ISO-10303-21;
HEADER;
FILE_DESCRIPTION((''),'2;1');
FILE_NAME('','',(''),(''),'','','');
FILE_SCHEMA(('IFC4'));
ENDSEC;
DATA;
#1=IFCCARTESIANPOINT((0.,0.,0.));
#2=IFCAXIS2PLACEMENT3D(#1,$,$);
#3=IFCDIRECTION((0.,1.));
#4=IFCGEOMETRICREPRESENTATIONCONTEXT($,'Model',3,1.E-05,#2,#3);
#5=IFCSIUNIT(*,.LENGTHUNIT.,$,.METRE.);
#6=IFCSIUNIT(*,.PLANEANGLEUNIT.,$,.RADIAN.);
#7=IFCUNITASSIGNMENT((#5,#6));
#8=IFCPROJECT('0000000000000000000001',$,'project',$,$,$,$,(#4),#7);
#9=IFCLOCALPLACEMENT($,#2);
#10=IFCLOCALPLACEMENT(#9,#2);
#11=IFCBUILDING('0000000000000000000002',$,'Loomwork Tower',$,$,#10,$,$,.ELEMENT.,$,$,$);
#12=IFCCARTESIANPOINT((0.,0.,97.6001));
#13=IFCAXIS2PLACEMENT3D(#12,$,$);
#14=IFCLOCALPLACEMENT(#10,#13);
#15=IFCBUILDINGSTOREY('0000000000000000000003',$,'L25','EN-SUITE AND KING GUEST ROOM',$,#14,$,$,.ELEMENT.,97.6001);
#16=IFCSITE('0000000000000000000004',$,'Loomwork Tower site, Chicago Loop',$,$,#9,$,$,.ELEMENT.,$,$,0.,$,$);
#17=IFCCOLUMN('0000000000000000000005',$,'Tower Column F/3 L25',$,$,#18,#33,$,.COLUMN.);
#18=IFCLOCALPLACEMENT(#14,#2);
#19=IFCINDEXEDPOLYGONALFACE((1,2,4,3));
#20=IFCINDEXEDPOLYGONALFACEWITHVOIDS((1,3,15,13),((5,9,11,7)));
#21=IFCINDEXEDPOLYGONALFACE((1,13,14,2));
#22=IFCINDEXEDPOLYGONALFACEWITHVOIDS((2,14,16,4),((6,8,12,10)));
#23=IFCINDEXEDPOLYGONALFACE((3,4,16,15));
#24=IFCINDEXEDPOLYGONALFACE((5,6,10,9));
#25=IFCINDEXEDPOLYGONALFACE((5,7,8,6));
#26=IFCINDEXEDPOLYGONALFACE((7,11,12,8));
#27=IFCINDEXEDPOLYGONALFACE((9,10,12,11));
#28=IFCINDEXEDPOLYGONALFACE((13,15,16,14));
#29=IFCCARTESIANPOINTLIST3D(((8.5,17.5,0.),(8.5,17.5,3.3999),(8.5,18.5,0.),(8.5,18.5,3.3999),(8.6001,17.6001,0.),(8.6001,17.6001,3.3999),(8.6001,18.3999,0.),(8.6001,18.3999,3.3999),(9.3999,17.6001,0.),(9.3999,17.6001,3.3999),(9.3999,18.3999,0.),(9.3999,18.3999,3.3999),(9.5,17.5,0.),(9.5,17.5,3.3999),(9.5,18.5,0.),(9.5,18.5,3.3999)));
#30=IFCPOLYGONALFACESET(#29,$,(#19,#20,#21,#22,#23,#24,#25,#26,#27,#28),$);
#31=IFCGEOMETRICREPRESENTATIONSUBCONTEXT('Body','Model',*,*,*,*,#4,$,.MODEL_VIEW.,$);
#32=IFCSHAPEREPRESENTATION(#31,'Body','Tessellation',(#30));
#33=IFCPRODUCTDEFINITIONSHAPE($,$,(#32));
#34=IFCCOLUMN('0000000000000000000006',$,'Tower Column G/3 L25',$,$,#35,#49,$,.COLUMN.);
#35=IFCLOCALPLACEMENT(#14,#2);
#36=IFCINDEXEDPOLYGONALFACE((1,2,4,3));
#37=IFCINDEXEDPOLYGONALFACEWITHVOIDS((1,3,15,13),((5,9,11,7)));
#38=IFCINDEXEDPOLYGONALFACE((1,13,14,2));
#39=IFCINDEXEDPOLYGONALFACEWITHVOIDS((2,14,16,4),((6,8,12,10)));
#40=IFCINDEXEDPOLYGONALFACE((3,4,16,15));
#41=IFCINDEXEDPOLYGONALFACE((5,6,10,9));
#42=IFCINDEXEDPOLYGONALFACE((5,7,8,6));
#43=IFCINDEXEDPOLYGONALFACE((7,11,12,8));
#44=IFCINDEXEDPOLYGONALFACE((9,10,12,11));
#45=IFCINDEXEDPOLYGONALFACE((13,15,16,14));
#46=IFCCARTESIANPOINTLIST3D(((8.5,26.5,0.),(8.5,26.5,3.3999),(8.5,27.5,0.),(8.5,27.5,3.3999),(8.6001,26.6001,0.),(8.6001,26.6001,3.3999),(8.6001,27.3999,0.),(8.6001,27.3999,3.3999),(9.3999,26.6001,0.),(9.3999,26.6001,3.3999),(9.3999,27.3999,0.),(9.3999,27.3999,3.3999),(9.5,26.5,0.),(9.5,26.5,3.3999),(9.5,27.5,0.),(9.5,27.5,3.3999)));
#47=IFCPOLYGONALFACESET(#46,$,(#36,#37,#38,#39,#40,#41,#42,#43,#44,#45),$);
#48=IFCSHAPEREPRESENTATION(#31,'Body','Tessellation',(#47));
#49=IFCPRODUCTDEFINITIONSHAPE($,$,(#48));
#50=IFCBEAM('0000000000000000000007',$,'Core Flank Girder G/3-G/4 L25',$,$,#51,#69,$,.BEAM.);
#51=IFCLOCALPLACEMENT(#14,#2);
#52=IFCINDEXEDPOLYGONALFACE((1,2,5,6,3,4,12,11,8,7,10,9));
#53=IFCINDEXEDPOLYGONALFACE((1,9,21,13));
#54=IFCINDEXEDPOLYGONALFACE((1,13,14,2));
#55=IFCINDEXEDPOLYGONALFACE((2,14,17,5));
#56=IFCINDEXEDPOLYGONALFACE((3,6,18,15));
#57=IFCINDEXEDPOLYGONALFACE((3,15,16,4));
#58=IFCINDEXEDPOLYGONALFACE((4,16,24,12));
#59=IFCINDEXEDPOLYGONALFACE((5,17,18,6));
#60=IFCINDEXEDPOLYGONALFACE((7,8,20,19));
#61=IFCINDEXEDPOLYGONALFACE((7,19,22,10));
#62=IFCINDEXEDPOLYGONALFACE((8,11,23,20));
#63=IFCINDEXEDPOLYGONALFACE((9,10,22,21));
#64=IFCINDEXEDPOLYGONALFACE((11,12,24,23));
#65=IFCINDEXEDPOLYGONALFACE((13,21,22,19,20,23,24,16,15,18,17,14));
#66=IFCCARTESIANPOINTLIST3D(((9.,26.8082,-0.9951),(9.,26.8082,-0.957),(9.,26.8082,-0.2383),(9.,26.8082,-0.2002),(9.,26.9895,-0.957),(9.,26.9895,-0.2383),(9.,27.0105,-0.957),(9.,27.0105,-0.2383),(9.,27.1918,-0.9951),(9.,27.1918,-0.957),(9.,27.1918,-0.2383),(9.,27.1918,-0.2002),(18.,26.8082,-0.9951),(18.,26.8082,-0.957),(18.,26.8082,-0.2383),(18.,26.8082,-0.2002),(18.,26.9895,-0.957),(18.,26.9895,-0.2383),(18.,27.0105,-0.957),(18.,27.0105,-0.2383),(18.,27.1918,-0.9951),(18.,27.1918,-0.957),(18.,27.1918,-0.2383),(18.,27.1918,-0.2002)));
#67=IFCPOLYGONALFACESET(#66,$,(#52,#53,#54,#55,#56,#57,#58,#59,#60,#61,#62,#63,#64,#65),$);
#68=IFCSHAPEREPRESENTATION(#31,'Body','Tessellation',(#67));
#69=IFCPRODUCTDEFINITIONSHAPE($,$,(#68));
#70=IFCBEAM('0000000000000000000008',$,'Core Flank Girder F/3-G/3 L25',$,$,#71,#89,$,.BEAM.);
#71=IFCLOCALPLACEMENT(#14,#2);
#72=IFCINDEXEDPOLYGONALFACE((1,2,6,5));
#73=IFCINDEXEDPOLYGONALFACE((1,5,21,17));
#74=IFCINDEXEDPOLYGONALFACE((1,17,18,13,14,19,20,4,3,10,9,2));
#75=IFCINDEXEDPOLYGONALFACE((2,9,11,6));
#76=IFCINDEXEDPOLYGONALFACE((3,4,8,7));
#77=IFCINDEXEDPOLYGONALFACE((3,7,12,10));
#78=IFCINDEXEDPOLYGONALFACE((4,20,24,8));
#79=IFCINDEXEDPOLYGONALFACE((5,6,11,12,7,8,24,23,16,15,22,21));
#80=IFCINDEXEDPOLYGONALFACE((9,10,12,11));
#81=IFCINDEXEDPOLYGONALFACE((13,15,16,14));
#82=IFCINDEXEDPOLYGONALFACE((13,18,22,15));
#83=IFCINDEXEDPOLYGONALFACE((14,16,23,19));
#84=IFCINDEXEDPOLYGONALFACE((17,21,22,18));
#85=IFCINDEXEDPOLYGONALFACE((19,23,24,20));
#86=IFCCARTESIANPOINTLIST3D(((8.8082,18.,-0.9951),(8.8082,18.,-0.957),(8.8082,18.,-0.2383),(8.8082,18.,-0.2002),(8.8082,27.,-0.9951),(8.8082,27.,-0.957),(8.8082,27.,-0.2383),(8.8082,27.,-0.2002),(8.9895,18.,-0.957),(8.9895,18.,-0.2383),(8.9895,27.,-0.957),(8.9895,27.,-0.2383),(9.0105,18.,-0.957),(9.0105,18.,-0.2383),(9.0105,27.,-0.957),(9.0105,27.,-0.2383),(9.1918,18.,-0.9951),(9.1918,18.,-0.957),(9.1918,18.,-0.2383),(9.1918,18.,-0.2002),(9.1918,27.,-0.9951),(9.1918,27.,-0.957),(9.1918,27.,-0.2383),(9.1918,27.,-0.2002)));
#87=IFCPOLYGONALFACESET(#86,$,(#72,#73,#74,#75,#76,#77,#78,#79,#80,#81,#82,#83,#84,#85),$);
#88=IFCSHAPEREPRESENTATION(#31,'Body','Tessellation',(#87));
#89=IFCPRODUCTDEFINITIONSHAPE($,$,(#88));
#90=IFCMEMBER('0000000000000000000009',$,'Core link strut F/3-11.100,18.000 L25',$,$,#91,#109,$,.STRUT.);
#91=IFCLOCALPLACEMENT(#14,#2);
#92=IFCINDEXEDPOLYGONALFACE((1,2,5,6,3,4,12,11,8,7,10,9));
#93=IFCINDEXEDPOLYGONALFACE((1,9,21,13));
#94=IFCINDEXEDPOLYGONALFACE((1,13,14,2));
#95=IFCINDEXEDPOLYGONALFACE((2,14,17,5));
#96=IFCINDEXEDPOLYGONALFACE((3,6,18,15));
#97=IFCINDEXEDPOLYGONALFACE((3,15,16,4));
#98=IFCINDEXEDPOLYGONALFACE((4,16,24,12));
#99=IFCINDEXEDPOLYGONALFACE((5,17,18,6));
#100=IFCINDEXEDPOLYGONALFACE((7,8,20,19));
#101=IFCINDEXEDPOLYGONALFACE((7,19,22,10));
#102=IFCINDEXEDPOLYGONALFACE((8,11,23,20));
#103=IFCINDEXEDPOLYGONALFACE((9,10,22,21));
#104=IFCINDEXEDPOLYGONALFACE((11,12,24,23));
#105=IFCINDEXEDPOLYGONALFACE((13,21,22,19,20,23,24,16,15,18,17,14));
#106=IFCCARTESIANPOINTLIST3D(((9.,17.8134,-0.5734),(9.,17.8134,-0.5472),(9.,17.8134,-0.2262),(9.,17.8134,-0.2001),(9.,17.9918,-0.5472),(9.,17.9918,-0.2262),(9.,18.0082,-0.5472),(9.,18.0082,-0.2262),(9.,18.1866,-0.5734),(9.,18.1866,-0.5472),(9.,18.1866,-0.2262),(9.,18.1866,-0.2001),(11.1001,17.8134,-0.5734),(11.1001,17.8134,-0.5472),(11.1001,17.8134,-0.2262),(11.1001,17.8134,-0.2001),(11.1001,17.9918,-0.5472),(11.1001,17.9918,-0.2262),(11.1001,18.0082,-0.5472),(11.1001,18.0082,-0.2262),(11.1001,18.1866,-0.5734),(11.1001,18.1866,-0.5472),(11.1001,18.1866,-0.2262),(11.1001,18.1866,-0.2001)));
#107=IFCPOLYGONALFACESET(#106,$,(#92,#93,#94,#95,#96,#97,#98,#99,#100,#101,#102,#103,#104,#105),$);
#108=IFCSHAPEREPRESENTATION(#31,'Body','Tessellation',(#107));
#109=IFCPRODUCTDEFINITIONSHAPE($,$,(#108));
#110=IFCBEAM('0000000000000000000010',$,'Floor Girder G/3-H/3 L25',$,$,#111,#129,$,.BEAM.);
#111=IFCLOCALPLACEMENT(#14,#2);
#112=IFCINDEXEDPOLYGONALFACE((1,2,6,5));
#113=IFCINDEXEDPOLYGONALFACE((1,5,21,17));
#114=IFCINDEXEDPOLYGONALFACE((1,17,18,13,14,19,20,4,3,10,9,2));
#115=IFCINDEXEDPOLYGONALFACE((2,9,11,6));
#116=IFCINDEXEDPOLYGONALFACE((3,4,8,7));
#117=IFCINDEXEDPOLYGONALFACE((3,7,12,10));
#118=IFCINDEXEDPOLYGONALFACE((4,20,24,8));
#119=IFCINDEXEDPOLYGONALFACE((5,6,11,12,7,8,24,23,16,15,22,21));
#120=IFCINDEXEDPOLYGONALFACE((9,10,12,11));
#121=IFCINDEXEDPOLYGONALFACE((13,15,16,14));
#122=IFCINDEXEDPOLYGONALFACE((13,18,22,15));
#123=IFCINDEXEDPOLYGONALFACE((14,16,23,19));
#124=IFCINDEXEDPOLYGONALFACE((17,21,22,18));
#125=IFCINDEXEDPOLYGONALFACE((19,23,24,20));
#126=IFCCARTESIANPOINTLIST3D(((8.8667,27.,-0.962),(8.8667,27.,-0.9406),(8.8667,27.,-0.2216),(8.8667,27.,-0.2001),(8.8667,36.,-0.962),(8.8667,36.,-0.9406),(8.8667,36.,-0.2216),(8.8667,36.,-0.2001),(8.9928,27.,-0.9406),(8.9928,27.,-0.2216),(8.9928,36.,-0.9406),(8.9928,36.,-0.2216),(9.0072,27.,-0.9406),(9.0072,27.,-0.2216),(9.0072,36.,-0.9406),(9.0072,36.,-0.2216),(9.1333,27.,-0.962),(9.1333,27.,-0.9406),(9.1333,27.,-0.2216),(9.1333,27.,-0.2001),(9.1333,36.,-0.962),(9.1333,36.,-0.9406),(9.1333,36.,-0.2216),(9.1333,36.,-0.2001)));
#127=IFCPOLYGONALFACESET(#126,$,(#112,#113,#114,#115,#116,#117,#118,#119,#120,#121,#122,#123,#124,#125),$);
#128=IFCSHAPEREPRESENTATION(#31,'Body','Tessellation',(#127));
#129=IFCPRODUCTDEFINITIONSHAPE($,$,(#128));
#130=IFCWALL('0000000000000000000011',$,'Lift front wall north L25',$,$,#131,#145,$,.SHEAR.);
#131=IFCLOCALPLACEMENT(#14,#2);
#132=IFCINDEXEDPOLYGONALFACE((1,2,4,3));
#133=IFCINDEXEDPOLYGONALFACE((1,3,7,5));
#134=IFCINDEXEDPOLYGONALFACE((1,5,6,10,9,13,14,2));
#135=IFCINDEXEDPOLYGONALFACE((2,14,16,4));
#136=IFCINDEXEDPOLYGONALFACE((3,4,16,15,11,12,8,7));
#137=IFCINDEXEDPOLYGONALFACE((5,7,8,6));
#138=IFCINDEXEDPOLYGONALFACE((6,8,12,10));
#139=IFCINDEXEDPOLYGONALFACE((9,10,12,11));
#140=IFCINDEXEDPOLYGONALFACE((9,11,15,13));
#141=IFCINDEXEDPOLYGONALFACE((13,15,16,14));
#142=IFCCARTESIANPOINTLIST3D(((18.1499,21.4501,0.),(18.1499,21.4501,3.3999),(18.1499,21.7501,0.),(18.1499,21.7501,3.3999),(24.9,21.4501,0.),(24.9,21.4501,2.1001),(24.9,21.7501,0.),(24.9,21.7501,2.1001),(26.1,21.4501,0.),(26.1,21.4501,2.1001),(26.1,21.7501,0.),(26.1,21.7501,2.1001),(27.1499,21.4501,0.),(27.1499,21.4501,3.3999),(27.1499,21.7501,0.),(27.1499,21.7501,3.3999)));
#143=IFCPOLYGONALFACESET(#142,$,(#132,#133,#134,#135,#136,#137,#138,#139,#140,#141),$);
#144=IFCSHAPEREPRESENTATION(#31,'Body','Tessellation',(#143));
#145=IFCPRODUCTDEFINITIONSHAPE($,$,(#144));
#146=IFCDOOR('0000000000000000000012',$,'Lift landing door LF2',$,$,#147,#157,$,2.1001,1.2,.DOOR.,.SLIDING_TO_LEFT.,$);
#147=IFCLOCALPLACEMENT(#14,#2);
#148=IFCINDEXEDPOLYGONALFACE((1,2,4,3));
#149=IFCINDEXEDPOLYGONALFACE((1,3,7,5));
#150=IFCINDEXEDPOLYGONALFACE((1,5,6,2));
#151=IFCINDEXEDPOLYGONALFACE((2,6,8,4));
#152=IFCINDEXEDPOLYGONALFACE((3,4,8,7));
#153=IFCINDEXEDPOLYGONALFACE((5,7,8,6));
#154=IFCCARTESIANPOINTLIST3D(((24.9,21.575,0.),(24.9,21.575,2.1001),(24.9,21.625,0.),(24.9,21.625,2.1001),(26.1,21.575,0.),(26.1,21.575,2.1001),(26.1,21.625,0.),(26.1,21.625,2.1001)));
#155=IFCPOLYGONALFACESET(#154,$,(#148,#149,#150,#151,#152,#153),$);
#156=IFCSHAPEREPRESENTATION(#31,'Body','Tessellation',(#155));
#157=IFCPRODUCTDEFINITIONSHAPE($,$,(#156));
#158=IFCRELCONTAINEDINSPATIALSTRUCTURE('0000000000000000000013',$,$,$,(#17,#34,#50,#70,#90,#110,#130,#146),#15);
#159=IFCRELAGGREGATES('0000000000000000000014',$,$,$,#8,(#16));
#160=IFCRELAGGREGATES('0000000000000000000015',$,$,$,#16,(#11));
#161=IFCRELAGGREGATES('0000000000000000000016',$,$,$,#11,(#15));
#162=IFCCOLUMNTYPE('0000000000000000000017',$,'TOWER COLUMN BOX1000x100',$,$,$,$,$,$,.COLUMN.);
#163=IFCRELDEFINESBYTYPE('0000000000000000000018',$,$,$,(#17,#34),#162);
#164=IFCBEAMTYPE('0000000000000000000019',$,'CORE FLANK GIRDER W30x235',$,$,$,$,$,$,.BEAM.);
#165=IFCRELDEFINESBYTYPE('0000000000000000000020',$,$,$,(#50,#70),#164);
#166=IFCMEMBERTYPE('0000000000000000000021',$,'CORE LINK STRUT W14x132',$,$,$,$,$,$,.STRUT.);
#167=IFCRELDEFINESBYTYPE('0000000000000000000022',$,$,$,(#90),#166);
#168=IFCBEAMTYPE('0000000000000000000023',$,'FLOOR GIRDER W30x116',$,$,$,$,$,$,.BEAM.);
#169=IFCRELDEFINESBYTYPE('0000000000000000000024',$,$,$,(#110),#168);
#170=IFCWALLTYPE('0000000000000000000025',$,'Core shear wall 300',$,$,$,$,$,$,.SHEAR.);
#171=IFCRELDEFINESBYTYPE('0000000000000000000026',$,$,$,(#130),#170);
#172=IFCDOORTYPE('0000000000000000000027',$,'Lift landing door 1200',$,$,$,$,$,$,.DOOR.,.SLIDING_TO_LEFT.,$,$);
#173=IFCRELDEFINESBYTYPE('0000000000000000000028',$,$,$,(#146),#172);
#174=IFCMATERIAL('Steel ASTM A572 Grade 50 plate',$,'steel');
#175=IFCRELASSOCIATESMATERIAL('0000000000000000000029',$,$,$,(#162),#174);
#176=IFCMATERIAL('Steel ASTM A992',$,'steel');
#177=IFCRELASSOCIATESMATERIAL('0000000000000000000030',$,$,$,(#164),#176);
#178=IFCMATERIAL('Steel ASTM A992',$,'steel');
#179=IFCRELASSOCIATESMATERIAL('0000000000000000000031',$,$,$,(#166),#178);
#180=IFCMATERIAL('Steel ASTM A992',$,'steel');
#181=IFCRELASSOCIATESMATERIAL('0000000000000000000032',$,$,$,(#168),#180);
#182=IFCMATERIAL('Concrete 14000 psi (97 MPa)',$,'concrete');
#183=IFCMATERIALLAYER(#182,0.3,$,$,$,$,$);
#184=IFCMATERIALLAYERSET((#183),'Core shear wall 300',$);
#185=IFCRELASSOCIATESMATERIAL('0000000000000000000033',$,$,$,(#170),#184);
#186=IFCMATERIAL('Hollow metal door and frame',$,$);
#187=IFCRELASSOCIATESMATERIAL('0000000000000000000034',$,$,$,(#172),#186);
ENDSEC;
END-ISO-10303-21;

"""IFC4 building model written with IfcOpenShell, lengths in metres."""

from ifc_helpers import new_model, si_unit, direction, frame, frame_2d, origin, origin_2d, place, context, subcontext, project, spatial, rectangle, hollow_rectangle, i_section, extrude, material, layer, layer_set, material_profile, profile_set, type_object, element, fill, save


model = new_model("IFC4")

# Units and contexts
model_context = context("Model", 3, precision=1e-05, world=origin(), true_north=direction((0.0, 1.0)))
body_context = subcontext(model_context, "Body", "Model", "MODEL_VIEW")
ifc_project = project(units=[si_unit("LENGTHUNIT", "METRE"), si_unit("PLANEANGLEUNIT", "RADIAN")], contexts=[model_context])

# Site, building, storey
site_placement = place(None, origin())
site = spatial("IfcSite", under=ifc_project, at=site_placement, Name="Loomwork Tower site, Chicago Loop", CompositionType="ELEMENT", RefElevation=0.0)
building_placement = place(site_placement, origin())
building = spatial("IfcBuilding", under=site, at=building_placement, Name="Loomwork Tower", CompositionType="ELEMENT")
storey_placement = place(building_placement, frame((0.0, 0.0, 97.6001)))
storey = spatial("IfcBuildingStorey", under=building, at=storey_placement, Name="L25", Description="EN-SUITE AND KING GUEST ROOM", CompositionType="ELEMENT", Elevation=97.6001)

# Columns
ifc_material_1 = material(Name="Steel ASTM A572 Grade 50 plate", Category="steel")
ifc_material_profile_1 = material_profile(ifc_material_1, hollow_rectangle(XDim=1.0, YDim=1.0, WallThickness=0.1001, at=origin_2d()), Name="BOX1000x100")
ifc_profile_set_1 = profile_set([ifc_material_profile_1], Name="Steel ASTM A572 Grade 50 plate")
column_type = type_object("IfcColumnType", Name="TOWER COLUMN BOX1000x100", PredefinedType="COLUMN", material=ifc_profile_set_1)
for number, where, z_axis, x_axis, name in (
    (1, (9.0, 18.0, 0.0), (0.0, 0.0, 1.0), (1.0, 0.0, 0.0), "Tower Column F/3 L25"),
    (2, (9.0, 27.0, 0.0), (0.0, 0.0, 1.0), (1.0, 0.0, 0.0), "Tower Column G/3 L25"),
):
    element("IfcColumn", number, at=place(storey_placement, frame(where, z_axis=z_axis, x_axis=x_axis)), inside=storey, type_object=column_type, Name=name, PredefinedType="COLUMN", context=body_context, shape_type="SweptSolid", body=[
        extrude(hollow_rectangle(XDim=1.0, YDim=1.0, WallThickness=0.1001, at=origin_2d()), origin(), (0.0, 0.0, 1.0), 3.3999),
    ])

# Beams
ifc_material_2 = material(Name="Steel ASTM A992", Category="steel")
ifc_material_profile_2 = material_profile(ifc_material_2, i_section(OverallWidth=0.3835, OverallDepth=0.7949, WebThickness=0.021, FlangeThickness=0.0381, at=origin_2d()), Name="W30x235")
ifc_profile_set_2 = profile_set([ifc_material_profile_2], Name="Steel ASTM A992")
beam_type_1 = type_object("IfcBeamType", Name="CORE FLANK GIRDER W30x235", PredefinedType="BEAM", material=ifc_profile_set_2)
for number, where, z_axis, x_axis, name in (
    (3, (9.0, 27.0, -0.5977), (1.0, 0.0, 0.0), (0.0, 1.0, 0.0), "Core Flank Girder G/3-G/4 L25"),
    (4, (9.0, 18.0, -0.5977), (0.0, 1.0, 0.0), (-1.0, 0.0, 0.0), "Core Flank Girder F/3-G/3 L25"),
):
    element("IfcBeam", number, at=place(storey_placement, frame(where, z_axis=z_axis, x_axis=x_axis)), inside=storey, type_object=beam_type_1, Name=name, PredefinedType="BEAM", context=body_context, shape_type="SweptSolid", body=[
        extrude(i_section(OverallWidth=0.3835, OverallDepth=0.7949, WebThickness=0.021, FlangeThickness=0.0381, at=origin_2d()), origin(), (0.0, 0.0, 1.0), 9.0),
    ])

# Member
ifc_material_3 = material(Name="Steel ASTM A992", Category="steel")
ifc_material_profile_3 = material_profile(ifc_material_3, i_section(OverallWidth=0.3733, OverallDepth=0.3733, WebThickness=0.0164, FlangeThickness=0.0261, at=origin_2d()), Name="W14x132")
ifc_profile_set_3 = profile_set([ifc_material_profile_3], Name="Steel ASTM A992")
member_type = type_object("IfcMemberType", Name="CORE LINK STRUT W14x132", PredefinedType="STRUT", material=ifc_profile_set_3)
member_placement = place(storey_placement, frame((9.0, 18.0, -0.3867), z_axis=(1.0, 0.0, 0.0), x_axis=(0.0, 1.0, 0.0)))
element("IfcMember", 5, at=member_placement, inside=storey, type_object=member_type, Name="Core link strut F/3-11.100,18.000 L25", PredefinedType="STRUT", context=body_context, shape_type="SweptSolid", body=[
    extrude(i_section(OverallWidth=0.3733, OverallDepth=0.3733, WebThickness=0.0164, FlangeThickness=0.0261, at=origin_2d()), origin(), (0.0, 0.0, 1.0), 2.1001),
])

# Beam
ifc_material_4 = material(Name="Steel ASTM A992", Category="steel")
ifc_material_profile_4 = material_profile(ifc_material_4, i_section(OverallWidth=0.2666, OverallDepth=0.762, WebThickness=0.0144, FlangeThickness=0.0215, at=origin_2d()), Name="W30x116")
ifc_profile_set_4 = profile_set([ifc_material_profile_4], Name="Steel ASTM A992")
beam_type_2 = type_object("IfcBeamType", Name="FLOOR GIRDER W30x116", PredefinedType="BEAM", material=ifc_profile_set_4)
beam_placement = place(storey_placement, frame((9.0, 27.0, -0.5811), z_axis=(0.0, 1.0, 0.0), x_axis=(-1.0, 0.0, 0.0)))
element("IfcBeam", 6, at=beam_placement, inside=storey, type_object=beam_type_2, Name="Floor Girder G/3-H/3 L25", PredefinedType="BEAM", context=body_context, shape_type="SweptSolid", body=[
    extrude(i_section(OverallWidth=0.2666, OverallDepth=0.762, WebThickness=0.0144, FlangeThickness=0.0215, at=origin_2d()), origin(), (0.0, 0.0, 1.0), 9.0),
])

# Wall, opening, door
ifc_material_5 = material(Name="Concrete 14000 psi (97 MPa)", Category="concrete")
ifc_layer_1 = layer(ifc_material_5, 0.3)
ifc_layer_set_1 = layer_set([ifc_layer_1], Name="Core shear wall 300")
wall_type_1 = type_object("IfcWallType", Name="Core shear wall 300", PredefinedType="SHEAR", material=ifc_layer_set_1)
wall_1_placement = place(storey_placement, frame((18.1499, 21.6001, 0.0), z_axis=(0.0, 0.0, 1.0), x_axis=(1.0, 0.0, 0.0)))
wall_1 = element("IfcWall", 7, at=wall_1_placement, inside=storey, type_object=wall_type_1, Name="Lift front wall north L25", PredefinedType="SHEAR", context=body_context, shape_type="SweptSolid", body=[
    extrude(rectangle(XDim=9.0, YDim=0.3, at=frame_2d((4.5, 0.0))), origin(), (0.0, 0.0, 1.0), 3.3999),
])
opening_1_placement = place(wall_1_placement, frame((6.75, 0.0, 0.0)))
opening_1 = element("IfcOpeningElement", 8, at=opening_1_placement, cuts=wall_1, PredefinedType="OPENING", context=body_context, shape_type="SweptSolid", body=[
    extrude(rectangle(XDim=1.2, YDim=2.1001, at=frame_2d((0.6001, 1.05))), frame((0.0, 0.1599, 0.0), z_axis=(0.0, -1.0, 0.0), x_axis=(1.0, 0.0, 0.0)), (0.0, 0.0, 1.0), 0.3201),
])
ifc_material_6 = material(Name="Hollow metal door and frame")
door_type_1 = type_object("IfcDoorType", Name="Lift landing door 1200", OperationType="SLIDING_TO_LEFT", PredefinedType="DOOR", material=ifc_material_6)
door_1_placement = place(opening_1_placement, origin())
door_1 = element("IfcDoor", 9, at=door_1_placement, inside=storey, type_object=door_type_1, Name="Lift landing door LF2", OperationType="SLIDING_TO_LEFT", OverallHeight=2.1001, OverallWidth=1.2, PredefinedType="DOOR", context=body_context, shape_type="SweptSolid", body=[
    extrude(rectangle(XDim=1.2, YDim=2.1001, at=frame_2d((0.6001, 1.05))), frame((0.0, 0.0249, 0.0), z_axis=(0.0, -1.0, 0.0), x_axis=(1.0, 0.0, 0.0)), (0.0, 0.0, 1.0), 0.05),
])
fill(opening_1, door_1)

save(model, "model.ifc")
